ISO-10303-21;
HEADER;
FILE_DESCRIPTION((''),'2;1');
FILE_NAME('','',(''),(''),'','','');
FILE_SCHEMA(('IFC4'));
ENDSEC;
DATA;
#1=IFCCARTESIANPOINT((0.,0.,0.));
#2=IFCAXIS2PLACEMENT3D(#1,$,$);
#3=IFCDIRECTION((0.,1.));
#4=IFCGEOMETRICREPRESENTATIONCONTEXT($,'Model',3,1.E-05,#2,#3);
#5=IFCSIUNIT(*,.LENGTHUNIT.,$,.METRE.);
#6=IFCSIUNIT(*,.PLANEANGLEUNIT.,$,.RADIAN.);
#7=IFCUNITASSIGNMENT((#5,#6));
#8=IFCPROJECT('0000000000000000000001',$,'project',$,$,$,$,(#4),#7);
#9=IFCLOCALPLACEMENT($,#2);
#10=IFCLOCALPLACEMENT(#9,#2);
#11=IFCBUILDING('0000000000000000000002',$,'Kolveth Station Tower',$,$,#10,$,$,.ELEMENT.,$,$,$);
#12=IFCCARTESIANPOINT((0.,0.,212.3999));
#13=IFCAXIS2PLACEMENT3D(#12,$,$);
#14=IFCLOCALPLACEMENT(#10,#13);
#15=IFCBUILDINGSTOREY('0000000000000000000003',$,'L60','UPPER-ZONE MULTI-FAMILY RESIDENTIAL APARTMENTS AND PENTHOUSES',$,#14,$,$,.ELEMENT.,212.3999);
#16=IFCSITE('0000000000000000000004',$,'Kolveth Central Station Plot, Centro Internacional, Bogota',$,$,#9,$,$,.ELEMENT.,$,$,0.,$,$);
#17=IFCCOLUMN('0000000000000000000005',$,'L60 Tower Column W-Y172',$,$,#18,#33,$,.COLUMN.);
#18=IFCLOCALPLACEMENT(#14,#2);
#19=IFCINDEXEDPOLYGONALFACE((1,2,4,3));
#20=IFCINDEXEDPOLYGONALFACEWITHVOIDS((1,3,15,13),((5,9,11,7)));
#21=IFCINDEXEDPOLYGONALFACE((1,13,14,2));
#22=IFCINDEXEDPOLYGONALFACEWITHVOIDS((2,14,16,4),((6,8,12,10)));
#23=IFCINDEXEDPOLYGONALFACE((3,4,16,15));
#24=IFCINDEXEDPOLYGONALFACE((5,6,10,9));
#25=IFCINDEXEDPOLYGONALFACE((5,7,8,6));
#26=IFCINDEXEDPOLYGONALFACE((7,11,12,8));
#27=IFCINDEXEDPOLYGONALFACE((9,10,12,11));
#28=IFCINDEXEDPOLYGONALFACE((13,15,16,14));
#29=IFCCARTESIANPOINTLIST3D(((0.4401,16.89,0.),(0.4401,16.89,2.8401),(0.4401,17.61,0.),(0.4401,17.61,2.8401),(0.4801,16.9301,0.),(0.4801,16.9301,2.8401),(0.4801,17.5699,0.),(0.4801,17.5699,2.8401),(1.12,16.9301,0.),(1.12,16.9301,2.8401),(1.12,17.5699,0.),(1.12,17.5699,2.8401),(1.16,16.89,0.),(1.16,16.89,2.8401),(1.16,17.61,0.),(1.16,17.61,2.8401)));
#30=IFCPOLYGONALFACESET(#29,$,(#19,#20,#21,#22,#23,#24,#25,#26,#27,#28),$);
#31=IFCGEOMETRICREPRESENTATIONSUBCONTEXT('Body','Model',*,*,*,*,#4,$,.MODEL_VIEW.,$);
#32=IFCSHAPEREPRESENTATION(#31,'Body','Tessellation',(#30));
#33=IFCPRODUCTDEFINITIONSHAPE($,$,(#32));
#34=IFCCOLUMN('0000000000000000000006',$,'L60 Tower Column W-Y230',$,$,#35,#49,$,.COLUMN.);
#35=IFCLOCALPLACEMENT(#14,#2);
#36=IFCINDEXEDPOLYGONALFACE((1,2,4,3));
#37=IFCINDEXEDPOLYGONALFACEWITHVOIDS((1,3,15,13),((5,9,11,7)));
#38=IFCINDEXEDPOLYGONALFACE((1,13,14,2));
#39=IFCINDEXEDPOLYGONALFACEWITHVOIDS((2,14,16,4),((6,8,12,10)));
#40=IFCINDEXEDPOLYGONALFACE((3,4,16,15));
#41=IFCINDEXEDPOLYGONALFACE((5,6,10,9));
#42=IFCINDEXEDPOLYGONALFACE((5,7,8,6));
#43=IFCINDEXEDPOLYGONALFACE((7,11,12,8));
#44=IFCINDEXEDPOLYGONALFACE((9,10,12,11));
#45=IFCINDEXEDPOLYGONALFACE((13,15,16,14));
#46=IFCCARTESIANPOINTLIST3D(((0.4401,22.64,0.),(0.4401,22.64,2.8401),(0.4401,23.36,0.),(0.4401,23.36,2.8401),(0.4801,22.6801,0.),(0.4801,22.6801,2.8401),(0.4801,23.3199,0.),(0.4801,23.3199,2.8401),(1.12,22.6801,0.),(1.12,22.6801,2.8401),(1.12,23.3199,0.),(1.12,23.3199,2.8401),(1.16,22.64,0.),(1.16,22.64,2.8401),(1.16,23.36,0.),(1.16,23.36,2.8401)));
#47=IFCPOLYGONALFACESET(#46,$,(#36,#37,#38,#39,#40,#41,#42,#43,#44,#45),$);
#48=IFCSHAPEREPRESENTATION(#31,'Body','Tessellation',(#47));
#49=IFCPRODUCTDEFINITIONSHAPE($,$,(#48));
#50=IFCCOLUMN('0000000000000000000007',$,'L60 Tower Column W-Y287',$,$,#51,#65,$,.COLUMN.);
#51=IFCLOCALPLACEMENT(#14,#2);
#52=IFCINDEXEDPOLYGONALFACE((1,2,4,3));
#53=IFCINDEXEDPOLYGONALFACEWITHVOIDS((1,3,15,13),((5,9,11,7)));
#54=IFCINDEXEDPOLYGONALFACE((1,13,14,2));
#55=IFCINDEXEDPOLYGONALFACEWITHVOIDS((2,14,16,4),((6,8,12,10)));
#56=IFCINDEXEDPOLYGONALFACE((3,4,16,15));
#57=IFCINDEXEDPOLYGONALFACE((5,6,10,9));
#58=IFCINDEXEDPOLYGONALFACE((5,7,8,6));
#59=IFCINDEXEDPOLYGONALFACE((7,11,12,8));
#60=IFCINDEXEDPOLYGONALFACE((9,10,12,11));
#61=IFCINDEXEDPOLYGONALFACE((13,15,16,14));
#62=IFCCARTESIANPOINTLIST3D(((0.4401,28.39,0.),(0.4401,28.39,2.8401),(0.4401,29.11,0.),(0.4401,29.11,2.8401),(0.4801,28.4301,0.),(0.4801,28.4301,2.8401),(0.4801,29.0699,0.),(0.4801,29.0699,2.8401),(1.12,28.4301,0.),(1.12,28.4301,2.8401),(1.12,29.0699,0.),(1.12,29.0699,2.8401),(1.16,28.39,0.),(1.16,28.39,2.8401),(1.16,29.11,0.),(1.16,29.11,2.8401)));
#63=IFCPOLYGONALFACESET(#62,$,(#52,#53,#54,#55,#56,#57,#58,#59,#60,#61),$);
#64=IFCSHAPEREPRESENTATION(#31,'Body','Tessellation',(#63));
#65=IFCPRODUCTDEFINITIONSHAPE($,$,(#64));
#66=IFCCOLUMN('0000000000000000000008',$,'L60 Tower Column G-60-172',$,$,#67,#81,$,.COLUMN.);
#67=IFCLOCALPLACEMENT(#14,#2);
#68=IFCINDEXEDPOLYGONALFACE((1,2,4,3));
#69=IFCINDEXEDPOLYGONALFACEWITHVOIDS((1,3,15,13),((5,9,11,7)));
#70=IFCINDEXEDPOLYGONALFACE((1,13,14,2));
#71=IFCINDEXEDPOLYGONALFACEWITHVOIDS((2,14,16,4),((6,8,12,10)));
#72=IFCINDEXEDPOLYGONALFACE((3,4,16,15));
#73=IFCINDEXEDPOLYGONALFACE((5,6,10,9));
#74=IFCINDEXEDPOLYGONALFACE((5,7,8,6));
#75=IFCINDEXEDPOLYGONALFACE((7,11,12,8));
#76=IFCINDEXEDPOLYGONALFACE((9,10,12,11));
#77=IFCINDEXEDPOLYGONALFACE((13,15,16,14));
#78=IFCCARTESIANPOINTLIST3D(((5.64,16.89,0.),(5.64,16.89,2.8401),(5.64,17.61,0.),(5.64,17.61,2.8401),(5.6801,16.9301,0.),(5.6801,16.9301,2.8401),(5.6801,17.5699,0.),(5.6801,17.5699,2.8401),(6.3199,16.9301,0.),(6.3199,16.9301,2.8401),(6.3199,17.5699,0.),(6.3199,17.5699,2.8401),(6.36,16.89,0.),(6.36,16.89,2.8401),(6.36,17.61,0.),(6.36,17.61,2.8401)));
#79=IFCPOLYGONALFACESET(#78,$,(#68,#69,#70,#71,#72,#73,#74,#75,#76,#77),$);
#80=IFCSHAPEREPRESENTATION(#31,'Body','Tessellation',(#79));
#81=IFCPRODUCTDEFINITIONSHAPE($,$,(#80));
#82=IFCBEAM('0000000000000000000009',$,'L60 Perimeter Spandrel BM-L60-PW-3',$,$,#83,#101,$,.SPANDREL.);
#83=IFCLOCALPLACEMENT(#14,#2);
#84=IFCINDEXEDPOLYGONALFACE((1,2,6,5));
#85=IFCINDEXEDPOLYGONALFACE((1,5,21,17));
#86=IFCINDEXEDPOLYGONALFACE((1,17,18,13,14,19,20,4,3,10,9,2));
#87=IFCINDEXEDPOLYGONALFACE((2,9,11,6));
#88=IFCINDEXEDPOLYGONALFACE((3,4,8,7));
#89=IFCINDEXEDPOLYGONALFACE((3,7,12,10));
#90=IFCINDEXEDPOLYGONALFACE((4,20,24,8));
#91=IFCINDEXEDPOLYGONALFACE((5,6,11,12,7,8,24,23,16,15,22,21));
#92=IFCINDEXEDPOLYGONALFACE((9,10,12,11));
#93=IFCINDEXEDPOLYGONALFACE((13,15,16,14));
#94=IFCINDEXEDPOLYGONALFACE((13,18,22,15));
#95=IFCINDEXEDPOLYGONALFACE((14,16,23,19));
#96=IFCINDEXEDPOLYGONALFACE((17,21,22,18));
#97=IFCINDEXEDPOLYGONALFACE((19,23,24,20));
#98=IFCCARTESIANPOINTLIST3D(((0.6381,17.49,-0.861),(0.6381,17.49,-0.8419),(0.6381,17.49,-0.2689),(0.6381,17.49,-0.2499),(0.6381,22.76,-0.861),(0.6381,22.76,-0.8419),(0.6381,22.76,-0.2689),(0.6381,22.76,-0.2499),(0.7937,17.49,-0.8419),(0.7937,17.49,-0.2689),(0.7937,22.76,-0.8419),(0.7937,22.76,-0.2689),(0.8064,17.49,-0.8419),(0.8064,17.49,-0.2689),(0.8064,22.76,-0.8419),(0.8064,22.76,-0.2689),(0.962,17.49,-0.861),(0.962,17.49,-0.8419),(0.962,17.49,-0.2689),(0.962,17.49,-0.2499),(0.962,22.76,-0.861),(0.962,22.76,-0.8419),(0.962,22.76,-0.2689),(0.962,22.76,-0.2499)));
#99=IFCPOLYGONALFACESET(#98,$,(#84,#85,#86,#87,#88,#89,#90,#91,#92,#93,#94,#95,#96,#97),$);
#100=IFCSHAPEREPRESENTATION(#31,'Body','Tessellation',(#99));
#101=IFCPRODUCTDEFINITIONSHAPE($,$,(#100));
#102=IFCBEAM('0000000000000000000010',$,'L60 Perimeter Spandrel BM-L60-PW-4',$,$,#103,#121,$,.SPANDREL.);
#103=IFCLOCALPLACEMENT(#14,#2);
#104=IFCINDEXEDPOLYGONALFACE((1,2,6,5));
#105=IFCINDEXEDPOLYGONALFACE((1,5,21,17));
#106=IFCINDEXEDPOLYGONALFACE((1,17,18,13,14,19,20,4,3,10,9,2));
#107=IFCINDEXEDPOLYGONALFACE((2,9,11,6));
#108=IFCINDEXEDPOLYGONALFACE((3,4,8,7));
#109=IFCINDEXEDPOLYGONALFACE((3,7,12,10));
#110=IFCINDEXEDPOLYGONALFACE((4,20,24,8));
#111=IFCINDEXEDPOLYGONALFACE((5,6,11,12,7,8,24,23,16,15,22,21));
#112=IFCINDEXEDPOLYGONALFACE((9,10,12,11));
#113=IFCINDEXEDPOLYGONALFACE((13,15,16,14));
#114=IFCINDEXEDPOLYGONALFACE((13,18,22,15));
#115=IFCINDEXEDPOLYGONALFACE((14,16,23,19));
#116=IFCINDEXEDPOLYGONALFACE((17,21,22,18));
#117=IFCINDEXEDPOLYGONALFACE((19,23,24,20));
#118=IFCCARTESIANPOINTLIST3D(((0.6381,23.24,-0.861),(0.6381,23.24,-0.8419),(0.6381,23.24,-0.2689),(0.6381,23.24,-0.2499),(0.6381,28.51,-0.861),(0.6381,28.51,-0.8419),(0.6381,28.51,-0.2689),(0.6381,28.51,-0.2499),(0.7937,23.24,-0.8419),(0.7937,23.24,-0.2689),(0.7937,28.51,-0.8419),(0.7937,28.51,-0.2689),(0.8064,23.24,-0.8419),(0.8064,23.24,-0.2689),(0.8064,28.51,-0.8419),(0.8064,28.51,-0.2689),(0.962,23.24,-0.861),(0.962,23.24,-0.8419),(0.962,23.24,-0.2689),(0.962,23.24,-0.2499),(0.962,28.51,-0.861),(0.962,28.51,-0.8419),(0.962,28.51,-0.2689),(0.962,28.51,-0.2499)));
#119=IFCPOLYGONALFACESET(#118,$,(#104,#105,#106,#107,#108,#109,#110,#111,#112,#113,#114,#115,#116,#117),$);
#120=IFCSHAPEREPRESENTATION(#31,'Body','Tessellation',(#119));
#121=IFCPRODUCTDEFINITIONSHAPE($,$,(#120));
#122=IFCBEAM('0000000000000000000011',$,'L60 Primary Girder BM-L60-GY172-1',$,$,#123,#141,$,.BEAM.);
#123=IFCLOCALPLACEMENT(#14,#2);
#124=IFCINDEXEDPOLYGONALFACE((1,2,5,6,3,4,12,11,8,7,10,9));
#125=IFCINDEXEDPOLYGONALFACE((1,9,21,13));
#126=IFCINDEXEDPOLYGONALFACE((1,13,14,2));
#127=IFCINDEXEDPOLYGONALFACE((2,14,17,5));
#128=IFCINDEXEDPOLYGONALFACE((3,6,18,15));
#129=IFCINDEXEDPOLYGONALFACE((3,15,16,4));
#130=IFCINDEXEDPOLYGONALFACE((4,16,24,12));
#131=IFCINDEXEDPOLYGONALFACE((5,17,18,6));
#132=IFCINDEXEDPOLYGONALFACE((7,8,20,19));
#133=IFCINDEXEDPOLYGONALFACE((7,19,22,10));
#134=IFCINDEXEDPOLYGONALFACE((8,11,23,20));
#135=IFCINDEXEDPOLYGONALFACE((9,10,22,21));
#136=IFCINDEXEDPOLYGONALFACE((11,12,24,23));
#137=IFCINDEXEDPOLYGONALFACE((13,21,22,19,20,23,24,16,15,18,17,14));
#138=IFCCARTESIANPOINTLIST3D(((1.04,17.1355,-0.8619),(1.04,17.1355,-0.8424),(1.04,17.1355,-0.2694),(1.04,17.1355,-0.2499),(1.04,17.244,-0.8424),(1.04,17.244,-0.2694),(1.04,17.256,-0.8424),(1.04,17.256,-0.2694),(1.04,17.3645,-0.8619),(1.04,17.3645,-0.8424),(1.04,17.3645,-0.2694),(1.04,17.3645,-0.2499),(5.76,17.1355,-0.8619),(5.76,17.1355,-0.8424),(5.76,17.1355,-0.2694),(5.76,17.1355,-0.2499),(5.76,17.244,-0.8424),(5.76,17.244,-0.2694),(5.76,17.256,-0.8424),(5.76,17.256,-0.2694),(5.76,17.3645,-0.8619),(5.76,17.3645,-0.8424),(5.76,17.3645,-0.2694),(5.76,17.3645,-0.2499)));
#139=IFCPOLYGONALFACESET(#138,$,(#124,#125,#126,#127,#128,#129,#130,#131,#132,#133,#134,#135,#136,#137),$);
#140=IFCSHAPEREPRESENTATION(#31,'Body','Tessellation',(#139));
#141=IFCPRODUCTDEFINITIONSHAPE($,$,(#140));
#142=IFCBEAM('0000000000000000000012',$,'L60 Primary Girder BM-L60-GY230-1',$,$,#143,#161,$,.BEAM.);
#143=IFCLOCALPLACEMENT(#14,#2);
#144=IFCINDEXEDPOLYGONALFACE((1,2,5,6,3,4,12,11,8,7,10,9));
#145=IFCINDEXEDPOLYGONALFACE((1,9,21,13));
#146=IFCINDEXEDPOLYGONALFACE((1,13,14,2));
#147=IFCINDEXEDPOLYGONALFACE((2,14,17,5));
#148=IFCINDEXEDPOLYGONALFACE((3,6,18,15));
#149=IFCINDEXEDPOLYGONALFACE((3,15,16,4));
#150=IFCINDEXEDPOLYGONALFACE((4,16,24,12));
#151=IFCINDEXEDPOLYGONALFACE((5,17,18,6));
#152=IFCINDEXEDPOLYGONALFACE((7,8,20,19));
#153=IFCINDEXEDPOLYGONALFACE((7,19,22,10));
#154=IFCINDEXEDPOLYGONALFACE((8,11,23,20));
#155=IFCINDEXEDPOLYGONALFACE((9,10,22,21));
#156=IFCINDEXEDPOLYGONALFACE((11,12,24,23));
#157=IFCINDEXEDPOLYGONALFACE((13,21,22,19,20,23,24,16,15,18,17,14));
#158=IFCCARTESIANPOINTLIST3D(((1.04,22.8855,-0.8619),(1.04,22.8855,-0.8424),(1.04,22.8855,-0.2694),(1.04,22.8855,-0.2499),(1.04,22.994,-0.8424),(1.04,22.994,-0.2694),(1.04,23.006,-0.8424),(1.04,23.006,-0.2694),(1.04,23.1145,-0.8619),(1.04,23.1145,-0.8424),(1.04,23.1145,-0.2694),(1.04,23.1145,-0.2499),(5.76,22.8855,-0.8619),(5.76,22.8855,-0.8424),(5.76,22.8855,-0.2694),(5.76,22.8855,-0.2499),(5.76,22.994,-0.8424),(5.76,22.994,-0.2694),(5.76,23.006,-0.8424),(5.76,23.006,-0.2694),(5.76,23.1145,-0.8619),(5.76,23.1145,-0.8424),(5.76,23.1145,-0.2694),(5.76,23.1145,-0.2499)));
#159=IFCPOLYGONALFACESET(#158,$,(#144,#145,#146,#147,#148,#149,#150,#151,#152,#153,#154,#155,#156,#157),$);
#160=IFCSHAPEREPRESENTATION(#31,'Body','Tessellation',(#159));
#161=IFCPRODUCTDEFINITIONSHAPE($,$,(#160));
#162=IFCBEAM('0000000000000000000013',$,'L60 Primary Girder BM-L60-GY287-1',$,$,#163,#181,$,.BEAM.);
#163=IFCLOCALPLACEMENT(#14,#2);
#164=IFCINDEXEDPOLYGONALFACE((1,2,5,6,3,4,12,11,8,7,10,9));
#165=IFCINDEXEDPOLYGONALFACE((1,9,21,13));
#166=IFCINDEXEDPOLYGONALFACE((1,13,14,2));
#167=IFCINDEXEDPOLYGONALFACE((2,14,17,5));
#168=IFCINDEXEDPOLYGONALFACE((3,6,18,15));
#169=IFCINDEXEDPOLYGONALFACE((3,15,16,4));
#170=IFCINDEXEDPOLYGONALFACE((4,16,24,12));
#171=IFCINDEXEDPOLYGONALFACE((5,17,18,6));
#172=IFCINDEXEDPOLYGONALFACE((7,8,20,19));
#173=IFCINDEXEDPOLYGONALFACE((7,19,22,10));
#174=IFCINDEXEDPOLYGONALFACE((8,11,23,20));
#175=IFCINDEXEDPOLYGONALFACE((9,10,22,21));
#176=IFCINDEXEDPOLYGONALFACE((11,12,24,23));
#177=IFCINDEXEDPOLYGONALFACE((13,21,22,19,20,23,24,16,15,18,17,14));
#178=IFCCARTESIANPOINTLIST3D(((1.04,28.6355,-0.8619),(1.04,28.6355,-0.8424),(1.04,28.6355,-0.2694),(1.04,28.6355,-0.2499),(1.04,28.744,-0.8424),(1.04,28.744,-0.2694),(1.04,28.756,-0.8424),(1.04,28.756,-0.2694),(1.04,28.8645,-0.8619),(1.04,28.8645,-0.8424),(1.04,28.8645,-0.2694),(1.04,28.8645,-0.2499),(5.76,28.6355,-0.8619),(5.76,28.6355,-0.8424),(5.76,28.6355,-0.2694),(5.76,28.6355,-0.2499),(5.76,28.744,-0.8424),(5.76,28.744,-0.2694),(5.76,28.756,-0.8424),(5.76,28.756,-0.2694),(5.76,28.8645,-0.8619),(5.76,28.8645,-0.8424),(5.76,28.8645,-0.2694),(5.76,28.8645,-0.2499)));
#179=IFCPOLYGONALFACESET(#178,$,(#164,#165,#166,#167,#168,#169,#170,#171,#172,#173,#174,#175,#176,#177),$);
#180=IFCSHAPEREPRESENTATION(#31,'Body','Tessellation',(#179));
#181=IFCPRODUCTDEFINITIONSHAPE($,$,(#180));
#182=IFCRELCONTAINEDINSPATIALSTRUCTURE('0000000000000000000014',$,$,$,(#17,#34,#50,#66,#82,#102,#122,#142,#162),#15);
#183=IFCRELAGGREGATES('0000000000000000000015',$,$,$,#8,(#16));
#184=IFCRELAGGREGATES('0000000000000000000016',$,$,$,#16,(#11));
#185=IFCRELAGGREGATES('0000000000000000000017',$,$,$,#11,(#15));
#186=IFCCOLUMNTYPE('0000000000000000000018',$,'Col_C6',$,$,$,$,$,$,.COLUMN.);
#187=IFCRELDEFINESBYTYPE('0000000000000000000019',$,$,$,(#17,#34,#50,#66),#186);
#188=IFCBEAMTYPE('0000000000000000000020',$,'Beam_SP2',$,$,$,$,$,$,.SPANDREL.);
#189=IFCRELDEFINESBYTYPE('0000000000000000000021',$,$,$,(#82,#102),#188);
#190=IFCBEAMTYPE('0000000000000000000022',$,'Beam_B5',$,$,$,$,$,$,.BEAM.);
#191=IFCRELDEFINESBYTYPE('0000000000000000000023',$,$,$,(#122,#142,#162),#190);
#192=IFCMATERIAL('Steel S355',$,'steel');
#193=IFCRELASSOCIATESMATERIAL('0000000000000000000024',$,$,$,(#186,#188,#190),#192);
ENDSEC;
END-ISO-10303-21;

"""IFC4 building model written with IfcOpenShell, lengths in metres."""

from ifc_helpers import new_model, si_unit, direction, frame, origin, origin_2d, place, context, subcontext, project, spatial, hollow_rectangle, i_section, extrude, source, transform, mapped, material, material_profile, profile_set, type_object, element, save


model = new_model("IFC4")

# Units and contexts
model_context = context("Model", 3, precision=1e-05, world=origin(), true_north=direction((0.0, 1.0)))
body_context = subcontext(model_context, "Body", "Model", "MODEL_VIEW")
ifc_project = project(units=[si_unit("LENGTHUNIT", "METRE"), si_unit("PLANEANGLEUNIT", "RADIAN")], contexts=[model_context])

# Site, building, storey
site_placement = place(None, origin())
site = spatial("IfcSite", under=ifc_project, at=site_placement, Name="Kolveth Central Station Plot, Centro Internacional, Bogota", CompositionType="ELEMENT", RefElevation=0.0)
building_placement = place(site_placement, origin())
building = spatial("IfcBuilding", under=site, at=building_placement, Name="Kolveth Station Tower", CompositionType="ELEMENT")
storey_placement = place(building_placement, frame((0.0, 0.0, 212.3999)))
storey = spatial("IfcBuildingStorey", under=building, at=storey_placement, Name="L60", Description="UPPER-ZONE MULTI-FAMILY RESIDENTIAL APARTMENTS AND PENTHOUSES", CompositionType="ELEMENT", Elevation=212.3999)

# Columns
ifc_material_1 = material(Name="Steel S355", Category="steel")
ifc_material_profile_1 = material_profile(ifc_material_1, hollow_rectangle(XDim=0.72, YDim=0.72, WallThickness=0.04, at=origin_2d()), Name="BOX720x720x40")
ifc_profile_set_1 = profile_set([ifc_material_profile_1], Name="Steel S355")
column_type = type_object("IfcColumnType", Name="Col_C6", PredefinedType="COLUMN", material=ifc_profile_set_1)
shared_shape_1 = source(origin(), body_context, "Body", "SweptSolid", [
    extrude(hollow_rectangle(XDim=0.72, YDim=0.72, WallThickness=0.04, at=origin_2d()), origin(), (0.0, 0.0, 1.0), 2.8401),
])
for number, where, z_axis, x_axis, name in (
    (1, (0.8, 17.25, 0.0), (0.0, 0.0, 1.0), (1.0, 0.0, 0.0), "L60 Tower Column W-Y172"),
    (2, (0.8, 23.0, 0.0), (0.0, 0.0, 1.0), (1.0, 0.0, 0.0), "L60 Tower Column W-Y230"),
    (3, (0.8, 28.75, 0.0), (0.0, 0.0, 1.0), (1.0, 0.0, 0.0), "L60 Tower Column W-Y287"),
    (4, (6.0, 17.25, 0.0), (0.0, 0.0, 1.0), (1.0, 0.0, 0.0), "L60 Tower Column G-60-172"),
):
    element("IfcColumn", number, at=place(storey_placement, frame(where, z_axis=z_axis, x_axis=x_axis)), inside=storey, type_object=column_type, Name=name, PredefinedType="COLUMN", context=body_context, shape_type="MappedRepresentation", body=[
        mapped(shared_shape_1, transform((0.0, 0.0, 0.0), x_axis=(1.0, 0.0, 0.0), y_axis=(0.0, 1.0, 0.0), z_axis=(0.0, 0.0, 1.0), scale=1.0)),
    ])

# Beams
ifc_material_profile_2 = material_profile(ifc_material_1, i_section(OverallWidth=0.324, OverallDepth=0.6111, WebThickness=0.0127, FlangeThickness=0.019, at=origin_2d()), Name="W610x155")
ifc_profile_set_2 = profile_set([ifc_material_profile_2], Name="Steel S355")
beam_type_1 = type_object("IfcBeamType", Name="Beam_SP2", PredefinedType="SPANDREL", material=ifc_profile_set_2)
shared_shape_2 = source(origin(), body_context, "Body", "SweptSolid", [
    extrude(i_section(OverallWidth=0.324, OverallDepth=0.6111, WebThickness=0.0127, FlangeThickness=0.019, at=origin_2d()), origin(), (0.0, 0.0, 1.0), 5.27),
])
for number, where, z_axis, x_axis, name in (
    (5, (0.8, 17.49, -0.5554), (0.0, 1.0, 0.0), (-1.0, 0.0, 0.0), "L60 Perimeter Spandrel BM-L60-PW-3"),
    (6, (0.8, 23.24, -0.5554), (0.0, 1.0, 0.0), (-1.0, 0.0, 0.0), "L60 Perimeter Spandrel BM-L60-PW-4"),
):
    element("IfcBeam", number, at=place(storey_placement, frame(where, z_axis=z_axis, x_axis=x_axis)), inside=storey, type_object=beam_type_1, Name=name, PredefinedType="SPANDREL", context=body_context, shape_type="MappedRepresentation", body=[
        mapped(shared_shape_2, transform((0.0, 0.0, 0.0), x_axis=(1.0, 0.0, 0.0), y_axis=(0.0, 1.0, 0.0), z_axis=(0.0, 0.0, 1.0), scale=1.0)),
    ])
ifc_material_profile_3 = material_profile(ifc_material_1, i_section(OverallWidth=0.229, OverallDepth=0.6121, WebThickness=0.012, FlangeThickness=0.0195, at=origin_2d()), Name="W610x125")
ifc_profile_set_3 = profile_set([ifc_material_profile_3], Name="Steel S355")
beam_type_2 = type_object("IfcBeamType", Name="Beam_B5", PredefinedType="BEAM", material=ifc_profile_set_3)
shared_shape_3 = source(origin(), body_context, "Body", "SweptSolid", [
    extrude(i_section(OverallWidth=0.229, OverallDepth=0.6121, WebThickness=0.012, FlangeThickness=0.0195, at=origin_2d()), origin(), (0.0, 0.0, 1.0), 4.72),
])
for number, where, z_axis, x_axis, name in (
    (7, (1.04, 17.25, -0.5559), (1.0, 0.0, 0.0), (0.0, 1.0, 0.0), "L60 Primary Girder BM-L60-GY172-1"),
    (8, (1.04, 23.0, -0.5559), (1.0, 0.0, 0.0), (0.0, 1.0, 0.0), "L60 Primary Girder BM-L60-GY230-1"),
    (9, (1.04, 28.75, -0.5559), (1.0, 0.0, 0.0), (0.0, 1.0, 0.0), "L60 Primary Girder BM-L60-GY287-1"),
):
    element("IfcBeam", number, at=place(storey_placement, frame(where, z_axis=z_axis, x_axis=x_axis)), inside=storey, type_object=beam_type_2, Name=name, PredefinedType="BEAM", context=body_context, shape_type="MappedRepresentation", body=[
        mapped(shared_shape_3, transform((0.0, 0.0, 0.0), x_axis=(1.0, 0.0, 0.0), y_axis=(0.0, 1.0, 0.0), z_axis=(0.0, 0.0, 1.0), scale=1.0)),
    ])

save(model, "model.ifc")
